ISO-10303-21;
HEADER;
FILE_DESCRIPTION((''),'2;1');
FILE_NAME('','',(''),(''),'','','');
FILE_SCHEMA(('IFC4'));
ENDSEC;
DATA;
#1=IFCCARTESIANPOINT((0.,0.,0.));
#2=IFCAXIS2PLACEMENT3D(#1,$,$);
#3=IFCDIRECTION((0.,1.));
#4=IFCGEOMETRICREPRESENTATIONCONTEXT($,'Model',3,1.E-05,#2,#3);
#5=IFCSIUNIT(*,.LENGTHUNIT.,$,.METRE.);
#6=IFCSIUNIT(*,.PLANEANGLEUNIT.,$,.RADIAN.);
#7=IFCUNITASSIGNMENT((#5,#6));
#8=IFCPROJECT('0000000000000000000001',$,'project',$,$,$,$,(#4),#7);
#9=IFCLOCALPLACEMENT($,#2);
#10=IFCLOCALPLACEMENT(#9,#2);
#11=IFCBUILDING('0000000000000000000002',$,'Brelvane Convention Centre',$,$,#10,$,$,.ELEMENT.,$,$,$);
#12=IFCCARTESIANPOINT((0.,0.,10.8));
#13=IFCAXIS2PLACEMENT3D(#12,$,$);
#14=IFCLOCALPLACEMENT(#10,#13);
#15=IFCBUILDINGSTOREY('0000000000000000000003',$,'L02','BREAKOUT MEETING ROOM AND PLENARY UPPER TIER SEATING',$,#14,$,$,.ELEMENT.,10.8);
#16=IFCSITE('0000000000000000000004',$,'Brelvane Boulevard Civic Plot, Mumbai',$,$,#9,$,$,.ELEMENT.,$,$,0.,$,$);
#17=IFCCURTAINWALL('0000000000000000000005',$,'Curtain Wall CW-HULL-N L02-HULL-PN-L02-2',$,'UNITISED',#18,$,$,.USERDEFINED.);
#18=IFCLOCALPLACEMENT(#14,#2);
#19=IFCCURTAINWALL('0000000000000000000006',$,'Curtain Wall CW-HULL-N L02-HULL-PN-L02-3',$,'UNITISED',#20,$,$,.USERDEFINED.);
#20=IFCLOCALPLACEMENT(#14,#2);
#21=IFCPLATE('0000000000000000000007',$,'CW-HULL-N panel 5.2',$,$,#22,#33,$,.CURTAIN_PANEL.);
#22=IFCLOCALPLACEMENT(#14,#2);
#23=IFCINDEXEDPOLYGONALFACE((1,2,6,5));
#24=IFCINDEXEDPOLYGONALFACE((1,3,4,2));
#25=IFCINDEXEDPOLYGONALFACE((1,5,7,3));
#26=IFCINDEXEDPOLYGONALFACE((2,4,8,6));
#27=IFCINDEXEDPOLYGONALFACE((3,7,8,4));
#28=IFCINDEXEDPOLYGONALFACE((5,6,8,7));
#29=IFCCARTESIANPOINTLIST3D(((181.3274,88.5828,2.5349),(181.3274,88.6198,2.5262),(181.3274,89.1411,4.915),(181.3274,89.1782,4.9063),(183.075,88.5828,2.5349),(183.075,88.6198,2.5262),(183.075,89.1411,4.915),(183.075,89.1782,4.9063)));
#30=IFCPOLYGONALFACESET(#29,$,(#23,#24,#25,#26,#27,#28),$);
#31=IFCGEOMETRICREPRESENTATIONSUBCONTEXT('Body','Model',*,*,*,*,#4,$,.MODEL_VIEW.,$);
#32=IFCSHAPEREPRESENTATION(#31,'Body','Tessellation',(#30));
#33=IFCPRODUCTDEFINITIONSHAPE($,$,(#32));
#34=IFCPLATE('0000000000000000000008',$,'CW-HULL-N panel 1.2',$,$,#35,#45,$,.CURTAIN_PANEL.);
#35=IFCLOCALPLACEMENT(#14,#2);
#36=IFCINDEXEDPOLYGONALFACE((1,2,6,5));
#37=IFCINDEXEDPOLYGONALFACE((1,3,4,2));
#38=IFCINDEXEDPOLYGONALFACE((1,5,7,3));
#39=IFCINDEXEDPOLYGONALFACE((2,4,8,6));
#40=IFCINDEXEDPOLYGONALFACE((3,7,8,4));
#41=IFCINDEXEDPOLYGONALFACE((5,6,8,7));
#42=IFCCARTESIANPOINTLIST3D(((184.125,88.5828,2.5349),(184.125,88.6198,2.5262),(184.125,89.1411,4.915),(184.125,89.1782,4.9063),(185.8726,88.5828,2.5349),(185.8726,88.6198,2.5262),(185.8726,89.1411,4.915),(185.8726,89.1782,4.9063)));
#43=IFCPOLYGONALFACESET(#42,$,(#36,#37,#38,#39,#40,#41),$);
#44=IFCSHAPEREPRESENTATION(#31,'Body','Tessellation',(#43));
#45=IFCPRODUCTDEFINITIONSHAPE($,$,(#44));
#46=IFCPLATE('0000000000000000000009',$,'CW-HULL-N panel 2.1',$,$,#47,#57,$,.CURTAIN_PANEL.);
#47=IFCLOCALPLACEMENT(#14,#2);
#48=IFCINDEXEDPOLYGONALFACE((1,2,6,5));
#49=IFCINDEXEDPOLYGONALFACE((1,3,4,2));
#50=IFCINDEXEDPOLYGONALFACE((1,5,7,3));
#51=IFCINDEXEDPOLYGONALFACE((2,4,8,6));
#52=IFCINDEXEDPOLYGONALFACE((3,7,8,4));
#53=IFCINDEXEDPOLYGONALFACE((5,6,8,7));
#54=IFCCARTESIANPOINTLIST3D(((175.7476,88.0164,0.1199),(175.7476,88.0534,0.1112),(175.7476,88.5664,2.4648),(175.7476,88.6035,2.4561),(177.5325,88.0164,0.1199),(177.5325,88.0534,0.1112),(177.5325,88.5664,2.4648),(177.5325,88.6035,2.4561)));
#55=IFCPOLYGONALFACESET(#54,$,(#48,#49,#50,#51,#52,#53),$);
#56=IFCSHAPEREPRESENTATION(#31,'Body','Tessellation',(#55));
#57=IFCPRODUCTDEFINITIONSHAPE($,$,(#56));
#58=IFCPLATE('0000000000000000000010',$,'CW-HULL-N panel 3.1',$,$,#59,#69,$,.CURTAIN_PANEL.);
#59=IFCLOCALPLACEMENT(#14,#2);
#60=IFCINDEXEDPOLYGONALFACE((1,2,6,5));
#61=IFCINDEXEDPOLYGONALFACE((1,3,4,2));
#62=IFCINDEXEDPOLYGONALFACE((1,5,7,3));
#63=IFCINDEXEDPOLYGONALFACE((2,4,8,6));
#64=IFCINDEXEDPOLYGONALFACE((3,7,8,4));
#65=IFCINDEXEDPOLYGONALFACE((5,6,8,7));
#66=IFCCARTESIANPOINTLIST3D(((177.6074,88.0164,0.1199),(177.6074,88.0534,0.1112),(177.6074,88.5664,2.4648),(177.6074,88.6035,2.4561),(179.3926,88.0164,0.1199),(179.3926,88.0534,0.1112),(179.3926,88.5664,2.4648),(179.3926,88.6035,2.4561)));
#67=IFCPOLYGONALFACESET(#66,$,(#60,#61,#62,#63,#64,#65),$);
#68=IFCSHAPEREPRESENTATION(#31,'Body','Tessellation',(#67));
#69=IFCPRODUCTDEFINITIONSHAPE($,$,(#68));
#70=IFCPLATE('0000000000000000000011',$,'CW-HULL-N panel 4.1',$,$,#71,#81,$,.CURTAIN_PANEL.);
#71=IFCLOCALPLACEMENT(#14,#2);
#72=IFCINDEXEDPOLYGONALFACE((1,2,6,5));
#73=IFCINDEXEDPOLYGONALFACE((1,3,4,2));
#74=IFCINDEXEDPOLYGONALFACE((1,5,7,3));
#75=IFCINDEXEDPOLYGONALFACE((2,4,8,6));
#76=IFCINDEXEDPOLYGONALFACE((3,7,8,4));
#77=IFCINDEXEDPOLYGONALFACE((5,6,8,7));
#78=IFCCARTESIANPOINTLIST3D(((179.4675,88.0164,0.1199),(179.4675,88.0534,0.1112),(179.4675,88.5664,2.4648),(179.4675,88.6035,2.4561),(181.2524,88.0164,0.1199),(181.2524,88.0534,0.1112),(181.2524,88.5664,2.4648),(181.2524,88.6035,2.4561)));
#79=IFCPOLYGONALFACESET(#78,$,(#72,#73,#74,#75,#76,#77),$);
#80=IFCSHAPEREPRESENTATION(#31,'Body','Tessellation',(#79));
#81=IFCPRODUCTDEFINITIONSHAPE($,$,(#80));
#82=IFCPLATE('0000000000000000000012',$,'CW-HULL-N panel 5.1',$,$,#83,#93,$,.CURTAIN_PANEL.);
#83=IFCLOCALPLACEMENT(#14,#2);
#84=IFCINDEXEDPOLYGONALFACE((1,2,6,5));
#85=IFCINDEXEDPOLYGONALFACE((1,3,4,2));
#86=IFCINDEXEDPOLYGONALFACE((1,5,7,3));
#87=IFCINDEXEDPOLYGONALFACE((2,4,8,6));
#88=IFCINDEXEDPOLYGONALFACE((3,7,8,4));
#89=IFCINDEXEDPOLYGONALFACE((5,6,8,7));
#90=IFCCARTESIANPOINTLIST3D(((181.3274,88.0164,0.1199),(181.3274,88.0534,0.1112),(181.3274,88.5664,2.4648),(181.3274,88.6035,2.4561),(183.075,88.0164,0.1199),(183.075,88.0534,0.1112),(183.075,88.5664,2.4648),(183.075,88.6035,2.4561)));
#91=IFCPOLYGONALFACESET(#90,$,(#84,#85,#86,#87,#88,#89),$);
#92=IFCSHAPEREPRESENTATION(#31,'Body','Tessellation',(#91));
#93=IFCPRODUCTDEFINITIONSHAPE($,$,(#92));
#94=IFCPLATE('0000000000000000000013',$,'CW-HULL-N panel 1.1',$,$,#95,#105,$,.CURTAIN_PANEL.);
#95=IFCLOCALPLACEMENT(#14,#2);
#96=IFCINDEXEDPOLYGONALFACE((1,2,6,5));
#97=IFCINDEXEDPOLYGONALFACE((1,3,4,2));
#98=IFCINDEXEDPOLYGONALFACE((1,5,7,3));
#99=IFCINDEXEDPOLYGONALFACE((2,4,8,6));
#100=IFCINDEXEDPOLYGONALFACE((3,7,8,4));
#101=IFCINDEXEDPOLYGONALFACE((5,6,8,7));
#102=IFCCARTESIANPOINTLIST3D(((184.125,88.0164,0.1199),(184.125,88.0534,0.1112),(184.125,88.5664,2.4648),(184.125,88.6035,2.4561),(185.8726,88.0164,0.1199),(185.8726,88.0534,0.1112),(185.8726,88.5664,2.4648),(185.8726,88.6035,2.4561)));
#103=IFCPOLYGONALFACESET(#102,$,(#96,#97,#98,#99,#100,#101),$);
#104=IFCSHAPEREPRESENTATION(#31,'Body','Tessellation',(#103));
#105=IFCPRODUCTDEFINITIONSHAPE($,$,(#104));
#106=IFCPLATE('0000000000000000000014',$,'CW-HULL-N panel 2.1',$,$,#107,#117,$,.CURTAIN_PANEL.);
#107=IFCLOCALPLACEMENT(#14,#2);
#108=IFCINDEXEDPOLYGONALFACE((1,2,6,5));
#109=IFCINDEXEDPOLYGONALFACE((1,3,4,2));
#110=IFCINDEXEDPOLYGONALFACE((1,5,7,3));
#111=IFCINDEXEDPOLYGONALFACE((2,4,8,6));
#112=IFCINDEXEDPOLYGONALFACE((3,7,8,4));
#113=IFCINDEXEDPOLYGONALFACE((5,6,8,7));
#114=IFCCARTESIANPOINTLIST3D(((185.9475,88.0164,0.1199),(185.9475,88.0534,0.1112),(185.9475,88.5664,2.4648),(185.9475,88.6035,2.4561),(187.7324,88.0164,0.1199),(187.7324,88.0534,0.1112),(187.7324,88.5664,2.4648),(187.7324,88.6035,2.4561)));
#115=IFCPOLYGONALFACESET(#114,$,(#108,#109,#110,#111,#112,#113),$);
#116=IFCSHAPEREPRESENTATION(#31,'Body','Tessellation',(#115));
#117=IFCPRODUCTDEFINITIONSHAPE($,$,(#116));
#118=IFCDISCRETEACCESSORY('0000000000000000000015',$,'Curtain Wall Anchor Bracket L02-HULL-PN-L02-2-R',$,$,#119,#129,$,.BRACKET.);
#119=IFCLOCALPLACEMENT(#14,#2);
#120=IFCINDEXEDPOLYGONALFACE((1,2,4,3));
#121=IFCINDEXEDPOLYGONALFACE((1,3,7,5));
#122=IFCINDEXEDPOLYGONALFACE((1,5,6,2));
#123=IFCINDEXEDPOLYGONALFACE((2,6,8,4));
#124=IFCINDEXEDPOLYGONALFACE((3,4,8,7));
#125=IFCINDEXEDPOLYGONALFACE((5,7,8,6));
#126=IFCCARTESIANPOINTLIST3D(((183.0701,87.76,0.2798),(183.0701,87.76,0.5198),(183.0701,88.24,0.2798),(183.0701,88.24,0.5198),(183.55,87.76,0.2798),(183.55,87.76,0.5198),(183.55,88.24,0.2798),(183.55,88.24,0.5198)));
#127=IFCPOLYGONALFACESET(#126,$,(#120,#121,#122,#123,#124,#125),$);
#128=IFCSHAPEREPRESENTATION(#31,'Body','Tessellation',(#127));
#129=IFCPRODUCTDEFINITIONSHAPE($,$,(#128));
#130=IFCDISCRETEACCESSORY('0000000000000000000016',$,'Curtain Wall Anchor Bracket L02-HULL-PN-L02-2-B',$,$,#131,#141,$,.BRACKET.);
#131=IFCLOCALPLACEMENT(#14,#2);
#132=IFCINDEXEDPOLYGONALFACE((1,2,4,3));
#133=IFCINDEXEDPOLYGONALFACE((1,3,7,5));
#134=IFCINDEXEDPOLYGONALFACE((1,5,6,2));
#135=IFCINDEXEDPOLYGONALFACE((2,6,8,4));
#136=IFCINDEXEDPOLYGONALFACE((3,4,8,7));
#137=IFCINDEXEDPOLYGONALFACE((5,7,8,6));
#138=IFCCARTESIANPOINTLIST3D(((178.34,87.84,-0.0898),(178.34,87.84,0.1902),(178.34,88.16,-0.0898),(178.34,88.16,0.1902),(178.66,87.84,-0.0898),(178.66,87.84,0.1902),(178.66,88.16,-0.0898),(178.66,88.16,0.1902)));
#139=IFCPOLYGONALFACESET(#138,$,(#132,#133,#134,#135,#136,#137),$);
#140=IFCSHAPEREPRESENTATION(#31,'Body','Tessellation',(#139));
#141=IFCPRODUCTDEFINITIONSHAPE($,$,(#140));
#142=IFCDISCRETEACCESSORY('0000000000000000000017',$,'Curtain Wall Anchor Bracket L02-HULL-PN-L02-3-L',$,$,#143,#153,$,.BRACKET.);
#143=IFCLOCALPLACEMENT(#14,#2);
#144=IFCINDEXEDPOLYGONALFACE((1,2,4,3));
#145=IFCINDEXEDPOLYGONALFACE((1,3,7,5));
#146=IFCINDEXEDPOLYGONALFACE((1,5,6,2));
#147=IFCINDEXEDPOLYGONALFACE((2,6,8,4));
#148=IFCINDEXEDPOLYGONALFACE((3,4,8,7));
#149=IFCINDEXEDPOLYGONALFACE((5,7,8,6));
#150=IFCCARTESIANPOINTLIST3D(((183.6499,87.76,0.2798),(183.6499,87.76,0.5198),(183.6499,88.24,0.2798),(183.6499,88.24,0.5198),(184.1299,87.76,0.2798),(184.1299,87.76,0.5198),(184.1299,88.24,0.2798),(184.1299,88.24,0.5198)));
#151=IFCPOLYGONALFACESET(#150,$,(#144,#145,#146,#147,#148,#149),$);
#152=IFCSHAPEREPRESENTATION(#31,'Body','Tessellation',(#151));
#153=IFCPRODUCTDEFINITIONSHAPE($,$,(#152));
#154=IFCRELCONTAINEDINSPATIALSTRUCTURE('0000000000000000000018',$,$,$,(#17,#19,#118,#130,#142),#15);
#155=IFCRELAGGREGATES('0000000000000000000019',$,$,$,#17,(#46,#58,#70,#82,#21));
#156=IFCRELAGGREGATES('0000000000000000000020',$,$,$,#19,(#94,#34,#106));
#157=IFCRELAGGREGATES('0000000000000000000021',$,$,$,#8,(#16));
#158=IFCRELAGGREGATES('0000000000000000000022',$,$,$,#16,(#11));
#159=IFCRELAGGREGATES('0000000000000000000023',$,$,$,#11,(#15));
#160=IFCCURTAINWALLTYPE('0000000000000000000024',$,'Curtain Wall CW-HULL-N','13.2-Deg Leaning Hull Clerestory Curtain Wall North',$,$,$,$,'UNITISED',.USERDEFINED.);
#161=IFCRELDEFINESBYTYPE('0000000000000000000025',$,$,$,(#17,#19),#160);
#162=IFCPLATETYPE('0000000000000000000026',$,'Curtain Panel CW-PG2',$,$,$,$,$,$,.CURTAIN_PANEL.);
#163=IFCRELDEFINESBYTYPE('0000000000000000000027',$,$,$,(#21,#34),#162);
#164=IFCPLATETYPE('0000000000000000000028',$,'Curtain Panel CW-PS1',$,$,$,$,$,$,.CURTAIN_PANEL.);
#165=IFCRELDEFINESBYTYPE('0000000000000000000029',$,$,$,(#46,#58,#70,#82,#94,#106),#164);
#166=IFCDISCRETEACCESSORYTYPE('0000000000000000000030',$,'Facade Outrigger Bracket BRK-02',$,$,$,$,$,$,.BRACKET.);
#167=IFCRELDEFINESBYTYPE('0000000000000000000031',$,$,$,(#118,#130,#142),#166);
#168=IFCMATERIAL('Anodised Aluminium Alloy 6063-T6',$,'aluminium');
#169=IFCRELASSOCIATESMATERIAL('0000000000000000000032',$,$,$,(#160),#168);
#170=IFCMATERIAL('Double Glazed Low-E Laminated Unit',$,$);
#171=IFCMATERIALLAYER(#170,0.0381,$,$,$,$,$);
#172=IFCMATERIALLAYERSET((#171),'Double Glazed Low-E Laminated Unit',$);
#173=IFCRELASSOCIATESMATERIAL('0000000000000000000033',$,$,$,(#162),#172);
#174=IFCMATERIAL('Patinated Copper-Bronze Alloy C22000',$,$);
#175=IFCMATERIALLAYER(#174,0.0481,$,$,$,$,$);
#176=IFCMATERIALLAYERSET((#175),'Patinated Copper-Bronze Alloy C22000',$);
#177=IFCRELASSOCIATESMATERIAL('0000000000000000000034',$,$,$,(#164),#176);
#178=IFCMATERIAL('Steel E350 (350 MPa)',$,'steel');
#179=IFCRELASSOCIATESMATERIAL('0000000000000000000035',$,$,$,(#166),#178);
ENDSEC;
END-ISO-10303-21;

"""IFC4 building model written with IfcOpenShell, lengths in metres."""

from ifc_helpers import new_model, si_unit, direction, frame, origin, origin_2d, place, context, subcontext, project, spatial, polyline, rectangle, outline, extrude, material, layer, layer_set, type_object, element, aggregate, save


model = new_model("IFC4")

# Units and contexts
model_context = context("Model", 3, precision=1e-05, world=origin(), true_north=direction((0.0, 1.0)))
body_context = subcontext(model_context, "Body", "Model", "MODEL_VIEW")
ifc_project = project(units=[si_unit("LENGTHUNIT", "METRE"), si_unit("PLANEANGLEUNIT", "RADIAN")], contexts=[model_context])

# Site, building, storey
site_placement = place(None, origin())
site = spatial("IfcSite", under=ifc_project, at=site_placement, Name="Brelvane Boulevard Civic Plot, Mumbai", CompositionType="ELEMENT", RefElevation=0.0)
building_placement = place(site_placement, origin())
building = spatial("IfcBuilding", under=site, at=building_placement, Name="Brelvane Convention Centre", CompositionType="ELEMENT")
storey_placement = place(building_placement, frame((0.0, 0.0, 10.8)))
storey = spatial("IfcBuildingStorey", under=building, at=storey_placement, Name="L02", Description="BREAKOUT MEETING ROOM AND PLENARY UPPER TIER SEATING", CompositionType="ELEMENT", Elevation=10.8)

# Curtain walls
ifc_material_1 = material(Name="Anodised Aluminium Alloy 6063-T6", Category="aluminium")
curtain_wall_type = type_object("IfcCurtainWallType", Name="Curtain Wall CW-HULL-N", Description="13.2-Deg Leaning Hull Clerestory Curtain Wall North", ElementType="UNITISED", PredefinedType="USERDEFINED", material=ifc_material_1)
curtain_wall_1_placement = place(storey_placement, origin())
curtain_wall_1 = element("IfcCurtainWall", 1, at=curtain_wall_1_placement, inside=storey, type_object=curtain_wall_type, Name="Curtain Wall CW-HULL-N L02-HULL-PN-L02-2", ObjectType="UNITISED", PredefinedType="USERDEFINED")
curtain_wall_2_placement = place(storey_placement, origin())
curtain_wall_2 = element("IfcCurtainWall", 2, at=curtain_wall_2_placement, inside=storey, type_object=curtain_wall_type, Name="Curtain Wall CW-HULL-N L02-HULL-PN-L02-3", ObjectType="UNITISED", PredefinedType="USERDEFINED")

# Plates
ifc_material_2 = material(Name="Double Glazed Low-E Laminated Unit")
ifc_layer_1 = layer(ifc_material_2, 0.0381)
ifc_layer_set_1 = layer_set([ifc_layer_1], Name="Double Glazed Low-E Laminated Unit")
plate_type_1 = type_object("IfcPlateType", Name="Curtain Panel CW-PG2", PredefinedType="CURTAIN_PANEL", material=ifc_layer_set_1)
plate_1_placement = place(storey_placement, frame((181.3274, 88.5828, 2.5349), z_axis=(0.0, -0.97357, 0.228388), x_axis=(1.0, 0.0, 0.0)))
plate_1 = element("IfcPlate", 3, at=plate_1_placement, type_object=plate_type_1, Name="CW-HULL-N panel 5.2", PredefinedType="CURTAIN_PANEL", context=body_context, shape_type="SweptSolid", body=[
    extrude(outline(polyline([(0.0, 0.0), (1.7476, 0.0), (1.7476, 2.4447), (0.0, 2.4447), (0.0, 0.0)])), origin(), (0.0, 0.0, -1.0), 0.0381),
])
plate_2_placement = place(storey_placement, frame((184.125, 88.5828, 2.5349), z_axis=(0.0, -0.97357, 0.228388), x_axis=(1.0, 0.0, 0.0)))
plate_2 = element("IfcPlate", 4, at=plate_2_placement, type_object=plate_type_1, Name="CW-HULL-N panel 1.2", PredefinedType="CURTAIN_PANEL", context=body_context, shape_type="SweptSolid", body=[
    extrude(outline(polyline([(0.0, 0.0), (1.7476, 0.0), (1.7476, 2.4447), (0.0, 2.4447), (0.0, 0.0)])), origin(), (0.0, 0.0, -1.0), 0.0381),
])
ifc_material_3 = material(Name="Patinated Copper-Bronze Alloy C22000")
ifc_layer_2 = layer(ifc_material_3, 0.0481)
ifc_layer_set_2 = layer_set([ifc_layer_2], Name="Patinated Copper-Bronze Alloy C22000")
plate_type_2 = type_object("IfcPlateType", Name="Curtain Panel CW-PS1", PredefinedType="CURTAIN_PANEL", material=ifc_layer_set_2)
plate_3_placement = place(storey_placement, frame((175.7476, 88.0164, 0.1199), z_axis=(0.0, -0.973575, 0.228367), x_axis=(1.0, 0.0, 0.0)))
plate_3 = element("IfcPlate", 5, at=plate_3_placement, type_object=plate_type_2, Name="CW-HULL-N panel 2.1", PredefinedType="CURTAIN_PANEL", context=body_context, shape_type="SweptSolid", body=[
    extrude(outline(polyline([(0.0, 0.0), (1.7849, 0.0), (1.7849, 2.4086), (0.0, 2.4086), (0.0, 0.0)])), origin(), (0.0, 0.0, -1.0), 0.0381),
])
plate_4_placement = place(storey_placement, frame((177.6074, 88.0164, 0.1199), z_axis=(0.0, -0.973575, 0.228367), x_axis=(1.0, 0.0, 0.0)))
plate_4 = element("IfcPlate", 6, at=plate_4_placement, type_object=plate_type_2, Name="CW-HULL-N panel 3.1", PredefinedType="CURTAIN_PANEL", context=body_context, shape_type="SweptSolid", body=[
    extrude(outline(polyline([(0.0, 0.0), (1.7852, 0.0), (1.7852, 2.4086), (0.0, 2.4086), (0.0, 0.0)])), origin(), (0.0, 0.0, -1.0), 0.0381),
])
plate_5_placement = place(storey_placement, frame((179.4675, 88.0164, 0.1199), z_axis=(0.0, -0.973575, 0.228367), x_axis=(1.0, 0.0, 0.0)))
plate_5 = element("IfcPlate", 7, at=plate_5_placement, type_object=plate_type_2, Name="CW-HULL-N panel 4.1", PredefinedType="CURTAIN_PANEL", context=body_context, shape_type="SweptSolid", body=[
    extrude(outline(polyline([(0.0, 0.0), (1.7849, 0.0), (1.7849, 2.4086), (0.0, 2.4086), (0.0, 0.0)])), origin(), (0.0, 0.0, -1.0), 0.0381),
])
plate_6_placement = place(storey_placement, frame((181.3274, 88.0164, 0.1199), z_axis=(0.0, -0.973575, 0.228367), x_axis=(1.0, 0.0, 0.0)))
plate_6 = element("IfcPlate", 8, at=plate_6_placement, type_object=plate_type_2, Name="CW-HULL-N panel 5.1", PredefinedType="CURTAIN_PANEL", context=body_context, shape_type="SweptSolid", body=[
    extrude(outline(polyline([(0.0, 0.0), (1.7476, 0.0), (1.7476, 2.4086), (0.0, 2.4086), (0.0, 0.0)])), origin(), (0.0, 0.0, -1.0), 0.0381),
])
aggregate(curtain_wall_1, [plate_3, plate_4, plate_5, plate_6, plate_1])
plate_7_placement = place(storey_placement, frame((184.125, 88.0164, 0.1199), z_axis=(0.0, -0.973575, 0.228367), x_axis=(1.0, 0.0, 0.0)))
plate_7 = element("IfcPlate", 9, at=plate_7_placement, type_object=plate_type_2, Name="CW-HULL-N panel 1.1", PredefinedType="CURTAIN_PANEL", context=body_context, shape_type="SweptSolid", body=[
    extrude(outline(polyline([(0.0, 0.0), (1.7476, 0.0), (1.7476, 2.4086), (0.0, 2.4086), (0.0, 0.0)])), origin(), (0.0, 0.0, -1.0), 0.0381),
])
plate_8_placement = place(storey_placement, frame((185.9475, 88.0164, 0.1199), z_axis=(0.0, -0.973575, 0.228367), x_axis=(1.0, 0.0, 0.0)))
plate_8 = element("IfcPlate", 10, at=plate_8_placement, type_object=plate_type_2, Name="CW-HULL-N panel 2.1", PredefinedType="CURTAIN_PANEL", context=body_context, shape_type="SweptSolid", body=[
    extrude(outline(polyline([(0.0, 0.0), (1.7849, 0.0), (1.7849, 2.4086), (0.0, 2.4086), (0.0, 0.0)])), origin(), (0.0, 0.0, -1.0), 0.0381),
])
aggregate(curtain_wall_2, [plate_7, plate_2, plate_8])

# Discrete accessories
ifc_material_4 = material(Name="Steel E350 (350 MPa)", Category="steel")
discrete_accessory_type = type_object("IfcDiscreteAccessoryType", Name="Facade Outrigger Bracket BRK-02", PredefinedType="BRACKET", material=ifc_material_4)
discrete_accessory_1_placement = place(storey_placement, frame((183.3101, 88.0, 0.2798), z_axis=(0.0, 0.0, 1.0), x_axis=(1.0, 0.0, 0.0)))
element("IfcDiscreteAccessory", 11, at=discrete_accessory_1_placement, inside=storey, type_object=discrete_accessory_type, Name="Curtain Wall Anchor Bracket L02-HULL-PN-L02-2-R", PredefinedType="BRACKET", context=body_context, shape_type="SweptSolid", body=[
    extrude(rectangle(XDim=0.48, YDim=0.48, at=origin_2d()), origin(), (0.0, 0.0, 1.0), 0.24),
])
discrete_accessory_2_placement = place(storey_placement, frame((178.5, 88.0, -0.0898), z_axis=(0.0, 0.0, 1.0), x_axis=(1.0, 0.0, 0.0)))
element("IfcDiscreteAccessory", 12, at=discrete_accessory_2_placement, inside=storey, type_object=discrete_accessory_type, Name="Curtain Wall Anchor Bracket L02-HULL-PN-L02-2-B", PredefinedType="BRACKET", context=body_context, shape_type="SweptSolid", body=[
    extrude(rectangle(XDim=0.3201, YDim=0.3201, at=origin_2d()), origin(), (0.0, 0.0, 1.0), 0.28),
])
discrete_accessory_3_placement = place(storey_placement, frame((183.8899, 88.0, 0.2798), z_axis=(0.0, 0.0, 1.0), x_axis=(1.0, 0.0, 0.0)))
element("IfcDiscreteAccessory", 13, at=discrete_accessory_3_placement, inside=storey, type_object=discrete_accessory_type, Name="Curtain Wall Anchor Bracket L02-HULL-PN-L02-3-L", PredefinedType="BRACKET", context=body_context, shape_type="SweptSolid", body=[
    extrude(rectangle(XDim=0.48, YDim=0.48, at=origin_2d()), origin(), (0.0, 0.0, 1.0), 0.24),
])

save(model, "model.ifc")
